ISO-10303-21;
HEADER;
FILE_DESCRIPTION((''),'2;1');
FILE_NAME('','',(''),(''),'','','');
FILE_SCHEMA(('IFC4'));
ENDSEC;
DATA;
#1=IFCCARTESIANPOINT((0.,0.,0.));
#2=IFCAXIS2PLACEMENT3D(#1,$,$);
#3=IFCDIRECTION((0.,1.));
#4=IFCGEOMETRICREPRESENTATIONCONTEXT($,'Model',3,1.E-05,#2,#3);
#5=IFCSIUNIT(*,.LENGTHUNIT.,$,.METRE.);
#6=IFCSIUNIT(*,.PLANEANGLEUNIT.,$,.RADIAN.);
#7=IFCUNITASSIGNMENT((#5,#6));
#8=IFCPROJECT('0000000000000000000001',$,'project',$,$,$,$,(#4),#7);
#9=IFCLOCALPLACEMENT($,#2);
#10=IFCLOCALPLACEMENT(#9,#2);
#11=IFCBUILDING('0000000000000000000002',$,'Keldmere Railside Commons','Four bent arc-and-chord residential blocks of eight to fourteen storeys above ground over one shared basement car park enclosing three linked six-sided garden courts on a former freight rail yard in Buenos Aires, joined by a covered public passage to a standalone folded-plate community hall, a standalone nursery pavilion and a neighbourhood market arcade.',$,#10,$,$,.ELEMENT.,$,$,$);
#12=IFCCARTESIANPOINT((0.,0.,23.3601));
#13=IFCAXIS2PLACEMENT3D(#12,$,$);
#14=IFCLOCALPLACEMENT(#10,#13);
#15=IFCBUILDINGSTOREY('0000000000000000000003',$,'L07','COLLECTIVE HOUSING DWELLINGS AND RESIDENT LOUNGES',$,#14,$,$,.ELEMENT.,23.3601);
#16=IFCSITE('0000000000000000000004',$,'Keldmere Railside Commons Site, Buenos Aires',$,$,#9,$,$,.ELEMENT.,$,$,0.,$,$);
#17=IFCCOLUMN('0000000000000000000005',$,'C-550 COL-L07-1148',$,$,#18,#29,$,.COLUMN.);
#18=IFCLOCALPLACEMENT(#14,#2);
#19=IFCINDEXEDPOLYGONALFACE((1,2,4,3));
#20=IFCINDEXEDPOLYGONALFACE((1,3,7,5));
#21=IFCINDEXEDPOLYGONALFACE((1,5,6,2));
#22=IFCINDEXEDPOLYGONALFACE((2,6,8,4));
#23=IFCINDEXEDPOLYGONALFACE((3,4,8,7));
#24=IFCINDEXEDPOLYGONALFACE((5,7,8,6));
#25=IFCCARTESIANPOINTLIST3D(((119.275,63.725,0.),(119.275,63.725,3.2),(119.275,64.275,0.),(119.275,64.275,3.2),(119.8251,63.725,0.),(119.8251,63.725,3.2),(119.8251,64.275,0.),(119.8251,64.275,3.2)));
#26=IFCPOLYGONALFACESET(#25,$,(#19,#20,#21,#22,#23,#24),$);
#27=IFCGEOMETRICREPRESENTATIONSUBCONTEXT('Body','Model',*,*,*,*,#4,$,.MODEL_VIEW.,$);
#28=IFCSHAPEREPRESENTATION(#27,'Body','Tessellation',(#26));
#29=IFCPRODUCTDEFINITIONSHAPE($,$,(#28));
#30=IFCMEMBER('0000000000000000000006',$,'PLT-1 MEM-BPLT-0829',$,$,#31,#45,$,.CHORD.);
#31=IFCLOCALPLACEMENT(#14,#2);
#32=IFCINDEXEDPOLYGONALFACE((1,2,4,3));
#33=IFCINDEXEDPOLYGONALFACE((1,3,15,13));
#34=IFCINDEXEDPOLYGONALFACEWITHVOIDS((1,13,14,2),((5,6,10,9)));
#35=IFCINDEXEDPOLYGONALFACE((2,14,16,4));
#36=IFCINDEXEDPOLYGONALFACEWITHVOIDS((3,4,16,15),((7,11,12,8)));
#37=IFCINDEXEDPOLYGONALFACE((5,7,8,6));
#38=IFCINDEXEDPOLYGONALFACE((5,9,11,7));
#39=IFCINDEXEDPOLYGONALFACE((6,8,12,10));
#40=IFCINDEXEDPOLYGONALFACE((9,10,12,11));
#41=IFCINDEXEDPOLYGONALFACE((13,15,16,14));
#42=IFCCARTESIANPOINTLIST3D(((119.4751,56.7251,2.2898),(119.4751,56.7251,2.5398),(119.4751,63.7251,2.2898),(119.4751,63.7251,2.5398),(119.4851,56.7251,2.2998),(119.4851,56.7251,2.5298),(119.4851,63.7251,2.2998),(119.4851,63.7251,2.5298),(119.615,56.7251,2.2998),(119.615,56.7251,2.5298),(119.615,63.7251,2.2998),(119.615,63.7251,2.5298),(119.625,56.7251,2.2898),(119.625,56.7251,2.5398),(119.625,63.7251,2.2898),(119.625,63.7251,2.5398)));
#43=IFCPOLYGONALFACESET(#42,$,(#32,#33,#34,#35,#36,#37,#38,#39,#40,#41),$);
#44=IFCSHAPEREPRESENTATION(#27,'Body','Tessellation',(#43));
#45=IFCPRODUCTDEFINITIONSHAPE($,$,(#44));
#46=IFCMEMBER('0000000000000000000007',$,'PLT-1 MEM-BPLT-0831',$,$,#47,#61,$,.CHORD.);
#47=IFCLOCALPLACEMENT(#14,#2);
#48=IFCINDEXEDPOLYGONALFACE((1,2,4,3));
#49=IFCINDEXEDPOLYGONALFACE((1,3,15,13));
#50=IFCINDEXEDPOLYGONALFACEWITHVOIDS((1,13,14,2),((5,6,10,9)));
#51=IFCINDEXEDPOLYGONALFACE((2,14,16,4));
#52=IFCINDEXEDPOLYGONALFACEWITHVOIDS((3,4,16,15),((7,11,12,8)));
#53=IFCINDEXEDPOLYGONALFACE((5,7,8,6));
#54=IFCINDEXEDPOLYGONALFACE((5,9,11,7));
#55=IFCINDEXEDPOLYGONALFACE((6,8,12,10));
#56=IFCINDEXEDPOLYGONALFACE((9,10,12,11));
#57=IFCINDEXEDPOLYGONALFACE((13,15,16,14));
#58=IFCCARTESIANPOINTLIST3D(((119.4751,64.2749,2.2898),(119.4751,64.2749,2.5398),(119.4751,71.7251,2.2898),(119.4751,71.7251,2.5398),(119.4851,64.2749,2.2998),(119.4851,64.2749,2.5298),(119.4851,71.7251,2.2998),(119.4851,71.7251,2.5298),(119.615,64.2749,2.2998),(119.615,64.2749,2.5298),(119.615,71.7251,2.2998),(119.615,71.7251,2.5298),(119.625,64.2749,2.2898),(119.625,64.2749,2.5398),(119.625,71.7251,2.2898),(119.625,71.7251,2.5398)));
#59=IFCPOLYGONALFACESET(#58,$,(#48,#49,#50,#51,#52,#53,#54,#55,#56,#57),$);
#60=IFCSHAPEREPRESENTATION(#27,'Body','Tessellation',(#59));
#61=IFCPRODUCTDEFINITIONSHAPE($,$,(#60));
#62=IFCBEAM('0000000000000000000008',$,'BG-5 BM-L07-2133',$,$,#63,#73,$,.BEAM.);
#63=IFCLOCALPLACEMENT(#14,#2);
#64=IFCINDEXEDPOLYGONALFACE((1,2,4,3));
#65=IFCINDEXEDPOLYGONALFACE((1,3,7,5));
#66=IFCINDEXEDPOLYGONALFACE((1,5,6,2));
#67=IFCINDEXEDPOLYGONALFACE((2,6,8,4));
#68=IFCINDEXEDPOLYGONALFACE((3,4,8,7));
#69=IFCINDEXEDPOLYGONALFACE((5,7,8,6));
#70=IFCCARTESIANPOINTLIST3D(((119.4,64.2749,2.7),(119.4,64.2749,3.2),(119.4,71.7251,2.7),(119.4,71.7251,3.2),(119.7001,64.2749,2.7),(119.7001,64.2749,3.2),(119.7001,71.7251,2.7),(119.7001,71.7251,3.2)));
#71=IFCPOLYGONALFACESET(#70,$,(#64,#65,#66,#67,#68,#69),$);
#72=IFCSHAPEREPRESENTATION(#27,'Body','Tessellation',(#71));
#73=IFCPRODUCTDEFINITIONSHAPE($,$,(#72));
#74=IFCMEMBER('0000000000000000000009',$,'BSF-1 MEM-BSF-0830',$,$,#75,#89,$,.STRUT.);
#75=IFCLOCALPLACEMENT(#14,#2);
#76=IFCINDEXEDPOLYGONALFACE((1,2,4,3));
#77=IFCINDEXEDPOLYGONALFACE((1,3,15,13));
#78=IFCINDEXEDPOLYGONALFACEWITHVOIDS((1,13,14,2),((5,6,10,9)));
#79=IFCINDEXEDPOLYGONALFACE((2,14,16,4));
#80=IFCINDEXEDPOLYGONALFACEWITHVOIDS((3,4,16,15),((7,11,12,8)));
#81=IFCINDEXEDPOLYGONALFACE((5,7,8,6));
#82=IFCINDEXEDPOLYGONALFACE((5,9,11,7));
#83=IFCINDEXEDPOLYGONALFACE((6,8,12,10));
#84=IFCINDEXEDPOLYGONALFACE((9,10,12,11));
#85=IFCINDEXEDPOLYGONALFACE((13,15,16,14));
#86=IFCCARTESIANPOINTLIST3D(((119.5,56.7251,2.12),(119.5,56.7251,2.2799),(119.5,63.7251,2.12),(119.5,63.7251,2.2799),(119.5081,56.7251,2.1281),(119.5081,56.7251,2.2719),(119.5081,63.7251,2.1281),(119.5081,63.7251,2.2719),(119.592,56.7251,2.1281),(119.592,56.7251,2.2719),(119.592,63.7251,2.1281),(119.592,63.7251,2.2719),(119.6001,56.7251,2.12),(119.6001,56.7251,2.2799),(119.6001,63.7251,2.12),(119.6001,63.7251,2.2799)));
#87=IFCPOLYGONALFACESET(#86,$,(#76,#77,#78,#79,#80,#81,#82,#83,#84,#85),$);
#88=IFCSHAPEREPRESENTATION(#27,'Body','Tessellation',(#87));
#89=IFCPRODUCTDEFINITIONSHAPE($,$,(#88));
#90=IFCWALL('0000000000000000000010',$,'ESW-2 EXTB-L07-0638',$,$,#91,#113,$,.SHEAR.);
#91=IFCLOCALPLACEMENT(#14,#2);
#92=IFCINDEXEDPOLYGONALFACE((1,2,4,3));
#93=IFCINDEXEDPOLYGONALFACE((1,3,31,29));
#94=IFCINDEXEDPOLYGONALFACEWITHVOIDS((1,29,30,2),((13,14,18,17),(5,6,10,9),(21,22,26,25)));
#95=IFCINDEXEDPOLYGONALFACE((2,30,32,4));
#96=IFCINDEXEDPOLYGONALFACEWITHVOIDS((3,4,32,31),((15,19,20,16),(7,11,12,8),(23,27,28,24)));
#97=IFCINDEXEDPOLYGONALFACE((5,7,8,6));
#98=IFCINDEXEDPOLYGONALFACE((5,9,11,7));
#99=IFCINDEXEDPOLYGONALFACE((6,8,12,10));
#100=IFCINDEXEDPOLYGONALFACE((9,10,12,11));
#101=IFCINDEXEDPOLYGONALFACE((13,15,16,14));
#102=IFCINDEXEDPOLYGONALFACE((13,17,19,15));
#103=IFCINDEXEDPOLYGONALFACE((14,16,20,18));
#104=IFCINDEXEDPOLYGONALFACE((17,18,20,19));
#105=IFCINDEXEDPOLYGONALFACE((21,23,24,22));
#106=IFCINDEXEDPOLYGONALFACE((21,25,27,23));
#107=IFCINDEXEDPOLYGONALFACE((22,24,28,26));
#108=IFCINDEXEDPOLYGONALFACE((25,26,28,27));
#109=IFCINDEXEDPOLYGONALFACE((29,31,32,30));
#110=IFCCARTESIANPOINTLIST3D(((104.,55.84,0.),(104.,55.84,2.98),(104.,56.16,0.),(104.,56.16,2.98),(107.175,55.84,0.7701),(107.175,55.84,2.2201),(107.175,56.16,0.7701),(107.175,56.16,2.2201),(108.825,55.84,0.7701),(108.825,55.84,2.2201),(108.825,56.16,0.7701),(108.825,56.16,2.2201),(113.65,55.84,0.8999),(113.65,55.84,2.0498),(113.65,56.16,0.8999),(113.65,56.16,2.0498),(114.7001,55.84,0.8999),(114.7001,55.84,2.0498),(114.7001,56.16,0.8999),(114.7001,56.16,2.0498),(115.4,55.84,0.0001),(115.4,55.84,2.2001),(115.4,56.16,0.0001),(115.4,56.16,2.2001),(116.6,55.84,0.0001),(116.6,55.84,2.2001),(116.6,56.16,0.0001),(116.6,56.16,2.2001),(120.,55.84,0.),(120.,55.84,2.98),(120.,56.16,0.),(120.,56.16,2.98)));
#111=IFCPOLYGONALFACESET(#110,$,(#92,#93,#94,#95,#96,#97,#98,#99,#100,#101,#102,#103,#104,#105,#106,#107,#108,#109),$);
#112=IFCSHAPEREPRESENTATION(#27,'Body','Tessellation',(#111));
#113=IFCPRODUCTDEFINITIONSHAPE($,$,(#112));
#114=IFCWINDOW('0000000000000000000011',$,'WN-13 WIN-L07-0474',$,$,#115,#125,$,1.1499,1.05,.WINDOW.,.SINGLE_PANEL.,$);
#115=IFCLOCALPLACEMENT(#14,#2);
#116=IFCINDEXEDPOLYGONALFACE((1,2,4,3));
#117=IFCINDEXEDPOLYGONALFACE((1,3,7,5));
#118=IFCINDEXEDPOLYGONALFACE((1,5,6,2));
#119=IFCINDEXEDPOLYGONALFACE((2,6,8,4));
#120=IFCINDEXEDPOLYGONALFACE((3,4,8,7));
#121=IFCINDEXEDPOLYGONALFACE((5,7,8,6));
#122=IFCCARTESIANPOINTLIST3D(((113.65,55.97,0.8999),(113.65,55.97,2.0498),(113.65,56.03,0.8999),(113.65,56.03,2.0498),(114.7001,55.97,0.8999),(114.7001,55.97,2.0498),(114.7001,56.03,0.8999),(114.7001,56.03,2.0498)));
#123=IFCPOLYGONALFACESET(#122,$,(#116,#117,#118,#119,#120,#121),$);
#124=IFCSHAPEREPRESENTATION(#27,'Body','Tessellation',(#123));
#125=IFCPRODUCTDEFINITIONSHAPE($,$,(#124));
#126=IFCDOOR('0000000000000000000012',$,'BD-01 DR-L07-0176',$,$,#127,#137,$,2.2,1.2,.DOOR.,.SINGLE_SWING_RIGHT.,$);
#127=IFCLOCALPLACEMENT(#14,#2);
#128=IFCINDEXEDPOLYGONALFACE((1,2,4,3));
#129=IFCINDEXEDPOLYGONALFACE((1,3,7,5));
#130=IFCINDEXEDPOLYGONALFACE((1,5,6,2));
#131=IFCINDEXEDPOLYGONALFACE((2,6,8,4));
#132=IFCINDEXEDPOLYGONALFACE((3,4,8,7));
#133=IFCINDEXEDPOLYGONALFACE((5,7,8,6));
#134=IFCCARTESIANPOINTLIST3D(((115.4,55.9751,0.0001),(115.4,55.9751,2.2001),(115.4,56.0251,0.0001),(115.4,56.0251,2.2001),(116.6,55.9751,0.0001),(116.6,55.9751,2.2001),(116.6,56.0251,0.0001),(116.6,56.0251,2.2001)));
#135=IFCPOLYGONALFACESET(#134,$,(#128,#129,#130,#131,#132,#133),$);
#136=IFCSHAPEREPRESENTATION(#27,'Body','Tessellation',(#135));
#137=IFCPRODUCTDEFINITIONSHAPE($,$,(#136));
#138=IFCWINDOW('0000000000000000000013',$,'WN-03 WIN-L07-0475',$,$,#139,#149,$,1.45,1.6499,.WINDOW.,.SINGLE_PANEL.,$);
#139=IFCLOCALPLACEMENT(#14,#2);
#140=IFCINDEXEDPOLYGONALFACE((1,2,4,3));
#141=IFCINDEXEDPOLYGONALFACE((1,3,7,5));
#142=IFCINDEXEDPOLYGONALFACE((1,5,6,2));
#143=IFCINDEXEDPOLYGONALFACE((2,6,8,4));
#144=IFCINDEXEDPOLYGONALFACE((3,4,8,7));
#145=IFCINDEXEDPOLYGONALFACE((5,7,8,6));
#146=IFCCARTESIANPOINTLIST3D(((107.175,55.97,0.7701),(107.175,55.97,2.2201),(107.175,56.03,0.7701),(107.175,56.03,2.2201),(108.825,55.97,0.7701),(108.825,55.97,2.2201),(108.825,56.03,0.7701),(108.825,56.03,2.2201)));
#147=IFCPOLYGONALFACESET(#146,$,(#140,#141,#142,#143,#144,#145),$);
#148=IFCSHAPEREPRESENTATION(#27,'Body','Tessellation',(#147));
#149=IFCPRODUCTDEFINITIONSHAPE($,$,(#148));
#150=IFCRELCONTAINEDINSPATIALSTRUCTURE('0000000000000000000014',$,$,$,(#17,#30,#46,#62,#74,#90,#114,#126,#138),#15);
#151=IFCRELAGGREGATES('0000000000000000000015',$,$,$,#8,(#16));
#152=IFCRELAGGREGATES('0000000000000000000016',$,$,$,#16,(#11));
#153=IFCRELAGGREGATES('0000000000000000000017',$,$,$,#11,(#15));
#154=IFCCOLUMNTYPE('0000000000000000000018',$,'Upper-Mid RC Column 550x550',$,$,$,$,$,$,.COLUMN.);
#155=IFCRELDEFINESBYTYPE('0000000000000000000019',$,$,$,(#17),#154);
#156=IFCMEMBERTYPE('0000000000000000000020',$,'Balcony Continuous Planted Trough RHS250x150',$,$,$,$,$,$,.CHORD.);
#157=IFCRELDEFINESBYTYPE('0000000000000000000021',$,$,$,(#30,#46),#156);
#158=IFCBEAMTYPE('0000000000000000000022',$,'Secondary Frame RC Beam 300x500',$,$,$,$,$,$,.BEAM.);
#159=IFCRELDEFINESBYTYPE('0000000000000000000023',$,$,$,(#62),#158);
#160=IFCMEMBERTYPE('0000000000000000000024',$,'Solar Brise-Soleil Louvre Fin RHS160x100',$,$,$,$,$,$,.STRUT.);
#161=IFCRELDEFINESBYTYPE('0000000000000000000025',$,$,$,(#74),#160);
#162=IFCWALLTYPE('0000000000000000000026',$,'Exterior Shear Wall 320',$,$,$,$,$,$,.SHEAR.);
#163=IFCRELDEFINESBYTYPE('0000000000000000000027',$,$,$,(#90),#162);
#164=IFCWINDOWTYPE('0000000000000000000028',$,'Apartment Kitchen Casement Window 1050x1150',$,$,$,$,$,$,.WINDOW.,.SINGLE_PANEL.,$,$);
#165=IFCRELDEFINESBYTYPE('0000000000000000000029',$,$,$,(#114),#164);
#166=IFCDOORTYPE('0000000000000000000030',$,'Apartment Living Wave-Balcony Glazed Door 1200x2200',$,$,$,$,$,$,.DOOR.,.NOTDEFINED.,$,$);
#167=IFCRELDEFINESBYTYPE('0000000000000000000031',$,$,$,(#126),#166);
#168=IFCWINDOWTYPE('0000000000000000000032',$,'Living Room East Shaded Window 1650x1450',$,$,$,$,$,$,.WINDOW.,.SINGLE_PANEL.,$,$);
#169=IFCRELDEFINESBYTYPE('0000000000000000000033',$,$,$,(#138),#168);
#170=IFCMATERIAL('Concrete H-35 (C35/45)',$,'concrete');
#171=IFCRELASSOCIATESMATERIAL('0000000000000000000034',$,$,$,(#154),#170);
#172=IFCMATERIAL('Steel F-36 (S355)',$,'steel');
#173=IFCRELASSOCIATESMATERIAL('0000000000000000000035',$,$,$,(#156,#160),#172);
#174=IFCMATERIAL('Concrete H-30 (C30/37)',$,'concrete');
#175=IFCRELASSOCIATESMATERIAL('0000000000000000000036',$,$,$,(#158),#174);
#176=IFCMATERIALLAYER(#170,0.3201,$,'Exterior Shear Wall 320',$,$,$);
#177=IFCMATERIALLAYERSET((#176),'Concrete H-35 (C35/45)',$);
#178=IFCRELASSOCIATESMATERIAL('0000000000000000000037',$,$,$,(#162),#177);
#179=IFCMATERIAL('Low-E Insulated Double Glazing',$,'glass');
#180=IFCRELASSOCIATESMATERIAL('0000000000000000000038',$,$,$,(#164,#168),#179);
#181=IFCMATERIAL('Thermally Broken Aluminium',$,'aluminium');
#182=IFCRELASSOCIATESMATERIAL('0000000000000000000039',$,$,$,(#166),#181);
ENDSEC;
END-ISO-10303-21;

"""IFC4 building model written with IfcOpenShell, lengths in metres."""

from ifc_helpers import new_model, si_unit, direction, frame, frame_2d, origin, origin_2d, place, context, subcontext, project, spatial, rectangle, hollow_rectangle, extrude, material, layer, layer_set, material_profile, profile_set, type_object, element, fill, save


model = new_model("IFC4")

# Units and contexts
model_context = context("Model", 3, precision=1e-05, world=origin(), true_north=direction((0.0, 1.0)))
body_context = subcontext(model_context, "Body", "Model", "MODEL_VIEW")
ifc_project = project(units=[si_unit("LENGTHUNIT", "METRE"), si_unit("PLANEANGLEUNIT", "RADIAN")], contexts=[model_context])

# Site, building, storey
site_placement = place(None, origin())
site = spatial("IfcSite", under=ifc_project, at=site_placement, Name="Keldmere Railside Commons Site, Buenos Aires", CompositionType="ELEMENT", RefElevation=0.0)
building_placement = place(site_placement, origin())
building = spatial("IfcBuilding", under=site, at=building_placement, Name="Keldmere Railside Commons", Description="Four bent arc-and-chord residential blocks of eight to fourteen storeys above ground over one shared basement car park enclosing three linked six-sided garden courts on a former freight rail yard in Buenos Aires, joined by a covered public passage to a standalone folded-plate community hall, a standalone nursery pavilion and a neighbourhood market arcade.", CompositionType="ELEMENT")
storey_placement = place(building_placement, frame((0.0, 0.0, 23.3601)))
storey = spatial("IfcBuildingStorey", under=building, at=storey_placement, Name="L07", Description="COLLECTIVE HOUSING DWELLINGS AND RESIDENT LOUNGES", CompositionType="ELEMENT", Elevation=23.3601)

# Column
ifc_material_1 = material(Name="Concrete H-35 (C35/45)", Category="concrete")
ifc_material_profile_1 = material_profile(ifc_material_1, rectangle(XDim=0.55, YDim=0.55, at=origin_2d()), Name="RC-550x550")
ifc_profile_set_1 = profile_set([ifc_material_profile_1], Name="Concrete H-35 (C35/45)")
column_type = type_object("IfcColumnType", Name="Upper-Mid RC Column 550x550", PredefinedType="COLUMN", material=ifc_profile_set_1)
column_placement = place(storey_placement, frame((119.55, 64.0, 0.0), z_axis=(0.0, 0.0, 1.0), x_axis=(1.0, 0.0, 0.0)))
element("IfcColumn", 1, at=column_placement, inside=storey, type_object=column_type, Name="C-550 COL-L07-1148", PredefinedType="COLUMN", context=body_context, shape_type="SweptSolid", body=[
    extrude(rectangle(XDim=0.55, YDim=0.55, at=origin_2d()), origin(), (0.0, 0.0, 1.0), 3.2),
])

# Members
ifc_material_2 = material(Name="Steel F-36 (S355)", Category="steel")
ifc_material_profile_2 = material_profile(ifc_material_2, hollow_rectangle(XDim=0.1499, YDim=0.25, WallThickness=0.01, at=origin_2d()), Name="RHS-250x150x10")
ifc_profile_set_2 = profile_set([ifc_material_profile_2], Name="Steel F-36 (S355)")
member_type_1 = type_object("IfcMemberType", Name="Balcony Continuous Planted Trough RHS250x150", PredefinedType="CHORD", material=ifc_profile_set_2)
member_1_placement = place(storey_placement, frame((119.55, 56.7251, 2.4148), z_axis=(0.0, 1.0, 0.0), x_axis=(-1.0, 0.0, 0.0)))
element("IfcMember", 2, at=member_1_placement, inside=storey, type_object=member_type_1, Name="PLT-1 MEM-BPLT-0829", PredefinedType="CHORD", context=body_context, shape_type="SweptSolid", body=[
    extrude(hollow_rectangle(XDim=0.1499, YDim=0.25, WallThickness=0.01, at=origin_2d()), origin(), (0.0, 0.0, 1.0), 7.0),
])
member_2_placement = place(storey_placement, frame((119.55, 64.2749, 2.4148), z_axis=(0.0, 1.0, 0.0), x_axis=(-1.0, 0.0, 0.0)))
element("IfcMember", 3, at=member_2_placement, inside=storey, type_object=member_type_1, Name="PLT-1 MEM-BPLT-0831", PredefinedType="CHORD", context=body_context, shape_type="SweptSolid", body=[
    extrude(hollow_rectangle(XDim=0.1499, YDim=0.25, WallThickness=0.01, at=origin_2d()), origin(), (0.0, 0.0, 1.0), 7.4502),
])

# Beam
ifc_material_3 = material(Name="Concrete H-30 (C30/37)", Category="concrete")
ifc_material_profile_3 = material_profile(ifc_material_3, rectangle(XDim=0.3, YDim=0.5, at=origin_2d()), Name="RC-300x500")
ifc_profile_set_3 = profile_set([ifc_material_profile_3], Name="Concrete H-30 (C30/37)")
beam_type = type_object("IfcBeamType", Name="Secondary Frame RC Beam 300x500", PredefinedType="BEAM", material=ifc_profile_set_3)
beam_placement = place(storey_placement, frame((119.55, 64.2749, 2.95), z_axis=(0.0, 1.0, 0.0), x_axis=(-1.0, 0.0, 0.0)))
element("IfcBeam", 4, at=beam_placement, inside=storey, type_object=beam_type, Name="BG-5 BM-L07-2133", PredefinedType="BEAM", context=body_context, shape_type="SweptSolid", body=[
    extrude(rectangle(XDim=0.3, YDim=0.5, at=origin_2d()), origin(), (0.0, 0.0, 1.0), 7.4502),
])

# Member
ifc_material_profile_4 = material_profile(ifc_material_2, hollow_rectangle(XDim=0.1001, YDim=0.1599, WallThickness=0.0081, at=origin_2d()), Name="RHS-160x100x8")
ifc_profile_set_4 = profile_set([ifc_material_profile_4], Name="Steel F-36 (S355)")
member_type_2 = type_object("IfcMemberType", Name="Solar Brise-Soleil Louvre Fin RHS160x100", PredefinedType="STRUT", material=ifc_profile_set_4)
member_3_placement = place(storey_placement, frame((119.55, 56.7251, 2.2), z_axis=(0.0, 1.0, 0.0), x_axis=(-1.0, 0.0, 0.0)))
element("IfcMember", 5, at=member_3_placement, inside=storey, type_object=member_type_2, Name="BSF-1 MEM-BSF-0830", PredefinedType="STRUT", context=body_context, shape_type="SweptSolid", body=[
    extrude(hollow_rectangle(XDim=0.1001, YDim=0.1599, WallThickness=0.0081, at=origin_2d()), origin(), (0.0, 0.0, 1.0), 7.0),
])

# Wall, openings, windows, door
ifc_layer = layer(ifc_material_1, 0.3201, Name="Exterior Shear Wall 320")
ifc_layer_set = layer_set([ifc_layer], Name="Concrete H-35 (C35/45)")
wall_type = type_object("IfcWallType", Name="Exterior Shear Wall 320", PredefinedType="SHEAR", material=ifc_layer_set)
wall_placement = place(storey_placement, frame((120.0, 56.0, 0.0), z_axis=(0.0, 0.0, 1.0), x_axis=(-1.0, 0.0, 0.0)))
wall = element("IfcWall", 6, at=wall_placement, inside=storey, type_object=wall_type, Name="ESW-2 EXTB-L07-0638", PredefinedType="SHEAR", context=body_context, shape_type="SweptSolid", body=[
    extrude(rectangle(XDim=16.0, YDim=0.3201, at=frame_2d((8.0, 0.0))), origin(), (0.0, 0.0, 1.0), 2.98),
])
opening_1_placement = place(wall_placement, frame((3.3999, 0.0, 0.0)))
opening_1 = element("IfcOpeningElement", 7, at=opening_1_placement, cuts=wall, PredefinedType="OPENING", context=body_context, shape_type="SweptSolid", body=[
    extrude(rectangle(XDim=1.2, YDim=2.2, at=frame_2d((0.6001, 1.1001))), frame((0.0, 0.1699, 0.0), z_axis=(0.0, -1.0, 0.0), x_axis=(1.0, 0.0, 0.0)), (0.0, 0.0, 1.0), 0.3401),
])
opening_2_placement = place(wall_placement, frame((5.3, 0.0, 0.8999)))
opening_2 = element("IfcOpeningElement", 8, at=opening_2_placement, cuts=wall, PredefinedType="OPENING", context=body_context, shape_type="SweptSolid", body=[
    extrude(rectangle(XDim=1.05, YDim=1.1499, at=frame_2d((0.5249, 0.575))), frame((0.0, 0.1699, 0.0), z_axis=(0.0, -1.0, 0.0), x_axis=(1.0, 0.0, 0.0)), (0.0, 0.0, 1.0), 0.3401),
])
opening_3_placement = place(wall_placement, frame((11.175, 0.0, 0.77)))
opening_3 = element("IfcOpeningElement", 9, at=opening_3_placement, cuts=wall, PredefinedType="OPENING", context=body_context, shape_type="SweptSolid", body=[
    extrude(rectangle(XDim=1.6499, YDim=1.45, at=frame_2d((0.825, 0.7251))), frame((0.0, 0.1699, 0.0), z_axis=(0.0, -1.0, 0.0), x_axis=(1.0, 0.0, 0.0)), (0.0, 0.0, 1.0), 0.3401),
])
ifc_material_4 = material(Name="Low-E Insulated Double Glazing", Category="glass")
window_type_1 = type_object("IfcWindowType", Name="Apartment Kitchen Casement Window 1050x1150", PartitioningType="SINGLE_PANEL", PredefinedType="WINDOW", material=ifc_material_4)
window_1_placement = place(opening_2_placement, origin())
window_1 = element("IfcWindow", 10, at=window_1_placement, inside=storey, type_object=window_type_1, Name="WN-13 WIN-L07-0474", OverallHeight=1.1499, OverallWidth=1.05, PartitioningType="SINGLE_PANEL", PredefinedType="WINDOW", context=body_context, shape_type="SweptSolid", body=[
    extrude(rectangle(XDim=1.05, YDim=1.1499, at=frame_2d((0.5249, 0.575))), frame((0.0, 0.03, 0.0), z_axis=(0.0, -1.0, 0.0), x_axis=(1.0, 0.0, 0.0)), (0.0, 0.0, 1.0), 0.0601),
])
fill(opening_2, window_1)
ifc_material_5 = material(Name="Thermally Broken Aluminium", Category="aluminium")
door_type = type_object("IfcDoorType", Name="Apartment Living Wave-Balcony Glazed Door 1200x2200", OperationType="NOTDEFINED", PredefinedType="DOOR", material=ifc_material_5)
door_placement = place(opening_1_placement, origin())
door = element("IfcDoor", 11, at=door_placement, inside=storey, type_object=door_type, Name="BD-01 DR-L07-0176", OperationType="SINGLE_SWING_RIGHT", OverallHeight=2.2, OverallWidth=1.2, PredefinedType="DOOR", context=body_context, shape_type="SweptSolid", body=[
    extrude(rectangle(XDim=1.2, YDim=2.2, at=frame_2d((0.6001, 1.1001))), frame((0.0, 0.0249, 0.0), z_axis=(0.0, -1.0, 0.0), x_axis=(1.0, 0.0, 0.0)), (0.0, 0.0, 1.0), 0.05),
])
fill(opening_1, door)
window_type_2 = type_object("IfcWindowType", Name="Living Room East Shaded Window 1650x1450", PartitioningType="SINGLE_PANEL", PredefinedType="WINDOW", material=ifc_material_4)
window_2_placement = place(opening_3_placement, origin())
window_2 = element("IfcWindow", 12, at=window_2_placement, inside=storey, type_object=window_type_2, Name="WN-03 WIN-L07-0475", OverallHeight=1.45, OverallWidth=1.6499, PartitioningType="SINGLE_PANEL", PredefinedType="WINDOW", context=body_context, shape_type="SweptSolid", body=[
    extrude(rectangle(XDim=1.6499, YDim=1.45, at=frame_2d((0.825, 0.7251))), frame((0.0, 0.03, 0.0), z_axis=(0.0, -1.0, 0.0), x_axis=(1.0, 0.0, 0.0)), (0.0, 0.0, 1.0), 0.0601),
])
fill(opening_3, window_2)

save(model, "model.ifc")
